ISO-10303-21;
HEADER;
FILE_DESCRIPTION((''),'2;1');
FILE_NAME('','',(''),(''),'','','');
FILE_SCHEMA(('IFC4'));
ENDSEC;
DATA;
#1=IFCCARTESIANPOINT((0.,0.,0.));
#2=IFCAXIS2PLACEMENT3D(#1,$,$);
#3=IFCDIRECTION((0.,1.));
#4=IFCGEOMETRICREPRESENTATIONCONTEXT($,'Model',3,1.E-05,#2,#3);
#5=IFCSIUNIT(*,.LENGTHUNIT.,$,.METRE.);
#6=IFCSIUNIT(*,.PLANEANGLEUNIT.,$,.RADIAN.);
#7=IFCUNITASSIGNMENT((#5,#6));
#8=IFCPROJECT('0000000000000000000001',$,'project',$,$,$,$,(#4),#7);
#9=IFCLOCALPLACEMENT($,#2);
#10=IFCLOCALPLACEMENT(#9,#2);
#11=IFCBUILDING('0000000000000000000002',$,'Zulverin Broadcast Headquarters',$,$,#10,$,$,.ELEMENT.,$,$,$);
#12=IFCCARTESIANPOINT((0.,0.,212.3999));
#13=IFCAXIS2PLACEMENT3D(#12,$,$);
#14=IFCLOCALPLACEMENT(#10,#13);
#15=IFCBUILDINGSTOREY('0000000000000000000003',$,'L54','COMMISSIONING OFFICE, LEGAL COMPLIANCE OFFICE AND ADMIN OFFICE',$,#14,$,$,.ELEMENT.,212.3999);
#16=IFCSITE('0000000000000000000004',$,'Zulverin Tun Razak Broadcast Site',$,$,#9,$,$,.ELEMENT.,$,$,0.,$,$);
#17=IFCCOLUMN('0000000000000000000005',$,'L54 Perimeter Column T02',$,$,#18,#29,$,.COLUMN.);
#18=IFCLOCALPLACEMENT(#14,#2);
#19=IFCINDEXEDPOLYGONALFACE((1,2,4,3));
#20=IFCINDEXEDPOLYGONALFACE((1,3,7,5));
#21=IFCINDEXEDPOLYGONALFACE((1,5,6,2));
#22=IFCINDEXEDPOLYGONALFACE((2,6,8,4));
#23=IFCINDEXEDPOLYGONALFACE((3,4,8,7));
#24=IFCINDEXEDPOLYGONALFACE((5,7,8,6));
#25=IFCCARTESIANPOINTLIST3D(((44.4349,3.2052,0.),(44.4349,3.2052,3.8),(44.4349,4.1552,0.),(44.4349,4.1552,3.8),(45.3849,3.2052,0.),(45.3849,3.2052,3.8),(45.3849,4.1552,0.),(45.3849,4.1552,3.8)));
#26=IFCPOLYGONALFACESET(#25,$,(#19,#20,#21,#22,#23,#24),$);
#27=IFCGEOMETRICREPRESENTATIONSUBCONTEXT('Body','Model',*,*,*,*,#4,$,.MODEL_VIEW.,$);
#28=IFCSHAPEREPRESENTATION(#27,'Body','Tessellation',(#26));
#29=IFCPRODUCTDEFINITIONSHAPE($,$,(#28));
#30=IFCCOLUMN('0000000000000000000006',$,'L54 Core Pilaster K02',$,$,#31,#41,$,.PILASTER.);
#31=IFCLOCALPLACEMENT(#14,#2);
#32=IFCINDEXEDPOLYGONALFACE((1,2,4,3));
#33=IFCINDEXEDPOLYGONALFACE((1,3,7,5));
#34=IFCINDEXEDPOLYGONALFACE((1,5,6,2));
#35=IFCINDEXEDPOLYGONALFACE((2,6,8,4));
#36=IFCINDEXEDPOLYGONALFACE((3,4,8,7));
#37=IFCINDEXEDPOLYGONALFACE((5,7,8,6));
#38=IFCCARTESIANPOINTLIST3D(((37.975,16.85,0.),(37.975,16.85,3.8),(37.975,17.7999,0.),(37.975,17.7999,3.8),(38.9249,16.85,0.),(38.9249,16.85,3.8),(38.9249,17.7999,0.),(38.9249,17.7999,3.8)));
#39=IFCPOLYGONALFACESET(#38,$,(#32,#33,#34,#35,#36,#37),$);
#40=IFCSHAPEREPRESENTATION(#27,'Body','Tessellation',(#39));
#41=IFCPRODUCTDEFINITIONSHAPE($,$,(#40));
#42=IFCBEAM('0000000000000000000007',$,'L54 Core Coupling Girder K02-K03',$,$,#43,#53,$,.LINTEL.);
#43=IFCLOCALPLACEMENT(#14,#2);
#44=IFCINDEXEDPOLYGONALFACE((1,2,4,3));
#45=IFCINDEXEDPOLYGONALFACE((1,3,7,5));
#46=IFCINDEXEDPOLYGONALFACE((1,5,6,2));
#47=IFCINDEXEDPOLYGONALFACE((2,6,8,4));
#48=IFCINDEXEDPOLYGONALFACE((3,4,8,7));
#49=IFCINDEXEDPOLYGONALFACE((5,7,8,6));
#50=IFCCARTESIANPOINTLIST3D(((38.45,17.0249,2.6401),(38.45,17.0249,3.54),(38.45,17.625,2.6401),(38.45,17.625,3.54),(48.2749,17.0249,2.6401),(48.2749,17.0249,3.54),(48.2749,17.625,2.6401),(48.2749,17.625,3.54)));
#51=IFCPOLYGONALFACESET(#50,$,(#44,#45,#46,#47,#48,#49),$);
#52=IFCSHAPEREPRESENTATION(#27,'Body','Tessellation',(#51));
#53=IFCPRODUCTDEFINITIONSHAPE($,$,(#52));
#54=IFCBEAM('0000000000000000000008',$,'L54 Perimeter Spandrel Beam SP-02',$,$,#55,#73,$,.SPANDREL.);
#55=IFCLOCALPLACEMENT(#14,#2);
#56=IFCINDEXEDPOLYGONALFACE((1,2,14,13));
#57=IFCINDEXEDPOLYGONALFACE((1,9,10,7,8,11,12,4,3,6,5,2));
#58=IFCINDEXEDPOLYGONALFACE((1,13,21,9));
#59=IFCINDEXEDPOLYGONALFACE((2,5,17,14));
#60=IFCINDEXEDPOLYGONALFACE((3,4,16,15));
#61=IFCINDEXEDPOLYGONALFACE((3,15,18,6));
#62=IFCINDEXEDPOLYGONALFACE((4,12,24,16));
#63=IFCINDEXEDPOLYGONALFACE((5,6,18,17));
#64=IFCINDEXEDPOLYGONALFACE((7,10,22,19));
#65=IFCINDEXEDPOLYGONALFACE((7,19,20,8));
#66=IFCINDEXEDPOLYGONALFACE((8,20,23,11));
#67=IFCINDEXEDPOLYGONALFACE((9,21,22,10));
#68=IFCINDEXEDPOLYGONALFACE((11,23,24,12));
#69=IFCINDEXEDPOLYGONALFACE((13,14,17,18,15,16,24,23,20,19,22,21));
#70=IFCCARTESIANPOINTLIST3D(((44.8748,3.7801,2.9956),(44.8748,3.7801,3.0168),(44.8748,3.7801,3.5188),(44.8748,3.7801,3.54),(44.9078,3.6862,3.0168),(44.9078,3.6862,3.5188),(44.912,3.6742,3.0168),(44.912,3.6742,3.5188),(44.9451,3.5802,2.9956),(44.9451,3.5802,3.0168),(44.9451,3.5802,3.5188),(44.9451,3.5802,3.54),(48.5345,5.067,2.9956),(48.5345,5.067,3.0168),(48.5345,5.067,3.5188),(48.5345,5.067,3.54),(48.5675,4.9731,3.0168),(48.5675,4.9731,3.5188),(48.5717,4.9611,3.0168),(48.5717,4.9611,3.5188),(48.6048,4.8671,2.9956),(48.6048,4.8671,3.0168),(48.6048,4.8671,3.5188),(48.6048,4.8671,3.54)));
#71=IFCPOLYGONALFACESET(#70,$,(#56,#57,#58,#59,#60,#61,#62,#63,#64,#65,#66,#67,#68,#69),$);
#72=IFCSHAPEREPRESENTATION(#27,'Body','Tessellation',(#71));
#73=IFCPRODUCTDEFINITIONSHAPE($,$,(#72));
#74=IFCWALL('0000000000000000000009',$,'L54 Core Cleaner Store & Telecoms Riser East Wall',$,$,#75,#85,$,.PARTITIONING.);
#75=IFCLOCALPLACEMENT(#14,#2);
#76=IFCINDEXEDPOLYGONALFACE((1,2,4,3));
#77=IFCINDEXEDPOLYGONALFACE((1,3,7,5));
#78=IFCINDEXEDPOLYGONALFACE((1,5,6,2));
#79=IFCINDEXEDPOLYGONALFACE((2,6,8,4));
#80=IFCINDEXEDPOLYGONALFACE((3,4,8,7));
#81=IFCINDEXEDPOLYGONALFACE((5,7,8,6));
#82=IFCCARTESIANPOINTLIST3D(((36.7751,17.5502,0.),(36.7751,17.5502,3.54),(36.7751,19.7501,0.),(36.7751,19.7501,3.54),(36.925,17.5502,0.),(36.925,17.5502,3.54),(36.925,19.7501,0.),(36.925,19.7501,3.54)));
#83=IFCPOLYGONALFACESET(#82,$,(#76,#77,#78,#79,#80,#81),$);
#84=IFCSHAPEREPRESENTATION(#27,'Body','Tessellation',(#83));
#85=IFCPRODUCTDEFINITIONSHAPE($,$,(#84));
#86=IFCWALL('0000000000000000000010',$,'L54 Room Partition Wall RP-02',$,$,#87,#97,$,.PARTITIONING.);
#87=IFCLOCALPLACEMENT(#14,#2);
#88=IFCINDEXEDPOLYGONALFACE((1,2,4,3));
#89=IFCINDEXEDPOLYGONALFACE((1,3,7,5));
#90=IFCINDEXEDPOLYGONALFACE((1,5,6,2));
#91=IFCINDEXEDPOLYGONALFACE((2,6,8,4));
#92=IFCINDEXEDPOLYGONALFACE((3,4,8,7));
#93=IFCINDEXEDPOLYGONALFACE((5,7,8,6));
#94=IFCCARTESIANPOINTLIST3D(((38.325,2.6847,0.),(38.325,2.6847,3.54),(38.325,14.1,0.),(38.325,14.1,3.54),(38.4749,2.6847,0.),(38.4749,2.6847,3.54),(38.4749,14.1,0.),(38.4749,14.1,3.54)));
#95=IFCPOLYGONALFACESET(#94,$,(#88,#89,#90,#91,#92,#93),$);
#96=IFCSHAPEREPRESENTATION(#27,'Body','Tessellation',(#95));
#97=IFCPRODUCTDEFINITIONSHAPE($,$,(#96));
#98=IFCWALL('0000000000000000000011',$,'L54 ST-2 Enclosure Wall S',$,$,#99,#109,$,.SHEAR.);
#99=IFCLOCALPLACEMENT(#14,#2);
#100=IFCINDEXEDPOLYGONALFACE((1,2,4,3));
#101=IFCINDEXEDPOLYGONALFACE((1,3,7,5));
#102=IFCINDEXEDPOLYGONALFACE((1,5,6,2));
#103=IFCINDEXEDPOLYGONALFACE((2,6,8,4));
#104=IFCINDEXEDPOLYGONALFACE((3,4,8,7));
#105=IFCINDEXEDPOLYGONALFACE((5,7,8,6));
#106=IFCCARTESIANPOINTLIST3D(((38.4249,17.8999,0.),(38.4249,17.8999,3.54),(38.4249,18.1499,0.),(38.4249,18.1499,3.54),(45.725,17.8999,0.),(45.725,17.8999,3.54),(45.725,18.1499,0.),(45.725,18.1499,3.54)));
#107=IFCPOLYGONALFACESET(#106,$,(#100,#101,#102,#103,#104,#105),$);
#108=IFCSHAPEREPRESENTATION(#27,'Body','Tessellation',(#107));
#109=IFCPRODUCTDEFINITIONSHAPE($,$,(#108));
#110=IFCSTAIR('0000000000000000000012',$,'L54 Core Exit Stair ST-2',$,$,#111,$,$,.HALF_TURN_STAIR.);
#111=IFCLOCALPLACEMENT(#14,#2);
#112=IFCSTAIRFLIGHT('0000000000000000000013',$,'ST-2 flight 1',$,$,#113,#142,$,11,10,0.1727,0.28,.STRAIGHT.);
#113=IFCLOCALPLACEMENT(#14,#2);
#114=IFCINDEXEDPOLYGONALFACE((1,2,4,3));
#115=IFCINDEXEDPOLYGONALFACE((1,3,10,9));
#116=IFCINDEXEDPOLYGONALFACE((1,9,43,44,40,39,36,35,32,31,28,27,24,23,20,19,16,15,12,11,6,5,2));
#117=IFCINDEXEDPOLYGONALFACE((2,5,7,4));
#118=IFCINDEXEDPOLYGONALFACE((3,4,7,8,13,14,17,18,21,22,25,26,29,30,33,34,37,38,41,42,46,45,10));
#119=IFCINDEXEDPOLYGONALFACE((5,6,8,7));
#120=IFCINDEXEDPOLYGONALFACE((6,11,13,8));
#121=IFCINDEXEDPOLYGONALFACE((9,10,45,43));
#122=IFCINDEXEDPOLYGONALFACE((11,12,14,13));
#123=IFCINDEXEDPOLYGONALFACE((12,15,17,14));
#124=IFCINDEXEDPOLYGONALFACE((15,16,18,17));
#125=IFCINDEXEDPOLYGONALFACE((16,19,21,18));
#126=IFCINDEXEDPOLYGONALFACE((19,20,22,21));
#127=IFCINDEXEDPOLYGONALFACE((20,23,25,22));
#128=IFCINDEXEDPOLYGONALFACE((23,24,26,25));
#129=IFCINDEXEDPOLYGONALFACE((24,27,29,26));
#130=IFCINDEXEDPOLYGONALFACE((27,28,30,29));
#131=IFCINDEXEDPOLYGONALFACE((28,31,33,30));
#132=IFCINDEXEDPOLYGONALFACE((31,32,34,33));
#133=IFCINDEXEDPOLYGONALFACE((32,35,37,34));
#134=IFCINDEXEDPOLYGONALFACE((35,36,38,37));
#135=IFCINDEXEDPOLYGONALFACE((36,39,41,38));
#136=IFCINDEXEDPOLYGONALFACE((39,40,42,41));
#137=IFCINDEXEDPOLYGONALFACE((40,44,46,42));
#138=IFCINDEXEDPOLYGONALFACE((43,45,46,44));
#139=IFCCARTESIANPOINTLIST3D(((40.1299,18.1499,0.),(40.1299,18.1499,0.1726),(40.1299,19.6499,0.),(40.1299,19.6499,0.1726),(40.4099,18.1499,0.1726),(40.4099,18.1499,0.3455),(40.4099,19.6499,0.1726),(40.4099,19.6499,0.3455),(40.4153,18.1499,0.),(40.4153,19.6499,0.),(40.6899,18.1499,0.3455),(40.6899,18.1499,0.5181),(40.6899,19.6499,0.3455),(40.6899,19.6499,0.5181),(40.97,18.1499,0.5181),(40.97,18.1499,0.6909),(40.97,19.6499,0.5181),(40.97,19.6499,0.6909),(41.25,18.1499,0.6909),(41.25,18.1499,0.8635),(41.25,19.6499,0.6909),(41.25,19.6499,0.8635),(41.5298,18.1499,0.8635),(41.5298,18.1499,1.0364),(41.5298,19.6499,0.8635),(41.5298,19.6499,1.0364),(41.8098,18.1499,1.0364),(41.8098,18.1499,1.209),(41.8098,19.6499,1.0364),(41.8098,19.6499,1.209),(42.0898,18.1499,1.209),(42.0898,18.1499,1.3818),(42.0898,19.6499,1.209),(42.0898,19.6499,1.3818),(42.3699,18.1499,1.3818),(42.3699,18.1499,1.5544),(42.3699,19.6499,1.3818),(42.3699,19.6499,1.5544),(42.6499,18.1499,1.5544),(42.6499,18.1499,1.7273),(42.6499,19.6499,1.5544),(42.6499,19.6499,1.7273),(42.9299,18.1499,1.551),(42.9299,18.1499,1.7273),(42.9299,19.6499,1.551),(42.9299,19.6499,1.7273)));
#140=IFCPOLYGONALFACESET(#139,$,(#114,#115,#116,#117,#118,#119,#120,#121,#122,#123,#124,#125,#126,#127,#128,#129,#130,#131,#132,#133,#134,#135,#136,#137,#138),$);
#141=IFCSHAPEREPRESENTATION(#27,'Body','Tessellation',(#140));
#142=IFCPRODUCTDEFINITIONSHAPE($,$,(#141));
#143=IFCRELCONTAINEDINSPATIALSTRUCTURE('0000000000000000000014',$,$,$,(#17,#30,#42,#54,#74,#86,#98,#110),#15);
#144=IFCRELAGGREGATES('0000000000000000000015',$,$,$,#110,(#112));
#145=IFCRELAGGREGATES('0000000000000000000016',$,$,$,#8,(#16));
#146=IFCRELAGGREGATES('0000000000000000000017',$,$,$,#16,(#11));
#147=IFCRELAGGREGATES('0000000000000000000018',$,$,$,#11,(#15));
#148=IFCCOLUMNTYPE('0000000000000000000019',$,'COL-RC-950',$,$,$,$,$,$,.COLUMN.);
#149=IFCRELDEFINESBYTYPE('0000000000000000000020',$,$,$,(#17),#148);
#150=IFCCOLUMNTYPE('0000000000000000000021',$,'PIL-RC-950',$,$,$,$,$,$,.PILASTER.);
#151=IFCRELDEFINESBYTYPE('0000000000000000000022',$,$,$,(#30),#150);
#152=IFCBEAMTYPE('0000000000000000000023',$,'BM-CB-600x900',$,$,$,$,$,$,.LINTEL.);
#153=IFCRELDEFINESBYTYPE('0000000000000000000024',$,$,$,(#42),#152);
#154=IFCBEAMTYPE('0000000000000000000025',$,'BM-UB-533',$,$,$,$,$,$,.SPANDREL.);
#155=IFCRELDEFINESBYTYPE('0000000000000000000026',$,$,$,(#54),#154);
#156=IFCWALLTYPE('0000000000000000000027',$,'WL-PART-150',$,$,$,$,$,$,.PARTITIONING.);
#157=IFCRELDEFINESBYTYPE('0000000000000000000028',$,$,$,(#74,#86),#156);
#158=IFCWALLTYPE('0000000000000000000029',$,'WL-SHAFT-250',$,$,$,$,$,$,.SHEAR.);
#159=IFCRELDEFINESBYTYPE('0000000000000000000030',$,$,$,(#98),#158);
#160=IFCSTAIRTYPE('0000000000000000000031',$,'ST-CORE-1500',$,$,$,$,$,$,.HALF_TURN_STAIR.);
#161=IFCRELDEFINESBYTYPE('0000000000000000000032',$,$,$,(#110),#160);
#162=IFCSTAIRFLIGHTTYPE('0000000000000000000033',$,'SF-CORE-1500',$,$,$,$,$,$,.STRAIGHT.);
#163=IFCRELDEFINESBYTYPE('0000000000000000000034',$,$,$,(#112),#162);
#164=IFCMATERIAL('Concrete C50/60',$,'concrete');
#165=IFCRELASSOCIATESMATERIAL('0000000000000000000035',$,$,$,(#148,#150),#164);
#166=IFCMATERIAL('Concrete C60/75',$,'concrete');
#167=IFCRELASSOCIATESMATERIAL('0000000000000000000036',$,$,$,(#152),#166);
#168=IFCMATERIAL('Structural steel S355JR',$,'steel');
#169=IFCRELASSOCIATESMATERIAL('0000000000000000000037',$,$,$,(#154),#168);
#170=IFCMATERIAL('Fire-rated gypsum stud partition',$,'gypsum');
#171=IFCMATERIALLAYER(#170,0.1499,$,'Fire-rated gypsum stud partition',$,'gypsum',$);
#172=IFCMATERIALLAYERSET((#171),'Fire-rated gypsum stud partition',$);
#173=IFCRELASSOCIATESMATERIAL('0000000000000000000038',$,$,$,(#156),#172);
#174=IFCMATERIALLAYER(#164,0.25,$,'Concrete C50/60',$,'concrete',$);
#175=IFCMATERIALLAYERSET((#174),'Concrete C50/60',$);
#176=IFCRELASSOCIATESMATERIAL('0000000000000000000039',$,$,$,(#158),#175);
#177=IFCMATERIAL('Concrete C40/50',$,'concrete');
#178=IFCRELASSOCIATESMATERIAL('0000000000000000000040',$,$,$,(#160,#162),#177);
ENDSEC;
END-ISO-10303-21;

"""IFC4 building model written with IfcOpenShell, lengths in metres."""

from ifc_helpers import new_model, si_unit, direction, frame, frame_2d, origin, origin_2d, place, context, subcontext, project, spatial, polyline, rectangle, i_section, outline, extrude, material, layer, layer_set, material_profile, profile_set, type_object, element, aggregate, save


model = new_model("IFC4")

# Units and contexts
model_context = context("Model", 3, precision=1e-05, world=origin(), true_north=direction((0.0, 1.0)))
body_context = subcontext(model_context, "Body", "Model", "MODEL_VIEW")
ifc_project = project(units=[si_unit("LENGTHUNIT", "METRE"), si_unit("PLANEANGLEUNIT", "RADIAN")], contexts=[model_context])

# Site, building, storey
site_placement = place(None, origin())
site = spatial("IfcSite", under=ifc_project, at=site_placement, Name="Zulverin Tun Razak Broadcast Site", CompositionType="ELEMENT", RefElevation=0.0)
building_placement = place(site_placement, origin())
building = spatial("IfcBuilding", under=site, at=building_placement, Name="Zulverin Broadcast Headquarters", CompositionType="ELEMENT")
storey_placement = place(building_placement, frame((0.0, 0.0, 212.3999)))
storey = spatial("IfcBuildingStorey", under=building, at=storey_placement, Name="L54", Description="COMMISSIONING OFFICE, LEGAL COMPLIANCE OFFICE AND ADMIN OFFICE", CompositionType="ELEMENT", Elevation=212.3999)

# Columns
ifc_material_1 = material(Name="Concrete C50/60", Category="concrete")
ifc_material_profile_1 = material_profile(ifc_material_1, rectangle(XDim=0.95, YDim=0.95, at=origin_2d()), Name="Concrete C50/60", Category="concrete")
ifc_profile_set_1 = profile_set([ifc_material_profile_1], Name="Concrete C50/60")
column_type_1 = type_object("IfcColumnType", Name="COL-RC-950", PredefinedType="COLUMN", material=ifc_profile_set_1)
column_1_placement = place(storey_placement, frame((44.9099, 3.6802, 0.0), z_axis=(0.0, 0.0, 1.0), x_axis=(1.0, 0.0, 0.0)))
element("IfcColumn", 1, at=column_1_placement, inside=storey, type_object=column_type_1, Name="L54 Perimeter Column T02", PredefinedType="COLUMN", context=body_context, shape_type="SweptSolid", body=[
    extrude(rectangle(XDim=0.95, YDim=0.95, at=origin_2d()), origin(), (0.0, 0.0, 1.0), 3.8),
])
ifc_material_profile_2 = material_profile(ifc_material_1, rectangle(XDim=0.95, YDim=0.95, at=origin_2d()), Name="Concrete C50/60", Category="concrete")
ifc_profile_set_2 = profile_set([ifc_material_profile_2], Name="Concrete C50/60")
column_type_2 = type_object("IfcColumnType", Name="PIL-RC-950", PredefinedType="PILASTER", material=ifc_profile_set_2)
column_2_placement = place(storey_placement, frame((38.45, 17.325, 0.0), z_axis=(0.0, 0.0, 1.0), x_axis=(1.0, 0.0, 0.0)))
element("IfcColumn", 2, at=column_2_placement, inside=storey, type_object=column_type_2, Name="L54 Core Pilaster K02", PredefinedType="PILASTER", context=body_context, shape_type="SweptSolid", body=[
    extrude(rectangle(XDim=0.95, YDim=0.95, at=origin_2d()), origin(), (0.0, 0.0, 1.0), 3.8),
])

# Beams
ifc_material_2 = material(Name="Concrete C60/75", Category="concrete")
ifc_material_profile_3 = material_profile(ifc_material_2, rectangle(XDim=0.6001, YDim=0.8999, at=origin_2d()), Name="Concrete C60/75", Category="concrete")
ifc_profile_set_3 = profile_set([ifc_material_profile_3], Name="Concrete C60/75")
beam_type_1 = type_object("IfcBeamType", Name="BM-CB-600x900", PredefinedType="LINTEL", material=ifc_profile_set_3)
beam_1_placement = place(storey_placement, frame((38.45, 17.325, 3.0901), z_axis=(1.0, 0.0, 0.0), x_axis=(0.0, 1.0, 0.0)))
element("IfcBeam", 3, at=beam_1_placement, inside=storey, type_object=beam_type_1, Name="L54 Core Coupling Girder K02-K03", PredefinedType="LINTEL", context=body_context, shape_type="SweptSolid", body=[
    extrude(rectangle(XDim=0.6001, YDim=0.8999, at=origin_2d()), origin(), (0.0, 0.0, 1.0), 9.825),
])
ifc_material_3 = material(Name="Structural steel S355JR", Category="steel")
ifc_material_profile_4 = material_profile(ifc_material_3, i_section(OverallWidth=0.2119, OverallDepth=0.5444, WebThickness=0.0127, FlangeThickness=0.0212, at=origin_2d()), Name="Structural steel S355JR", Category="steel")
ifc_profile_set_4 = profile_set([ifc_material_profile_4], Name="Structural steel S355JR")
beam_type_2 = type_object("IfcBeamType", Name="BM-UB-533", PredefinedType="SPANDREL", material=ifc_profile_set_4)
beam_2_placement = place(storey_placement, frame((44.9099, 3.6802, 3.2678), z_axis=(0.943377, 0.331724, 0.0), x_axis=(-0.331724, 0.943377, 0.0)))
element("IfcBeam", 4, at=beam_2_placement, inside=storey, type_object=beam_type_2, Name="L54 Perimeter Spandrel Beam SP-02", PredefinedType="SPANDREL", context=body_context, shape_type="SweptSolid", body=[
    extrude(i_section(OverallWidth=0.2119, OverallDepth=0.5444, WebThickness=0.0127, FlangeThickness=0.0212, at=origin_2d()), origin(), (0.0, 0.0, 1.0), 3.8794),
])

# Walls
ifc_material_4 = material(Name="Fire-rated gypsum stud partition", Category="gypsum")
ifc_layer_1 = layer(ifc_material_4, 0.1499, Name="Fire-rated gypsum stud partition", Category="gypsum")
ifc_layer_set_1 = layer_set([ifc_layer_1], Name="Fire-rated gypsum stud partition")
wall_type_1 = type_object("IfcWallType", Name="WL-PART-150", PredefinedType="PARTITIONING", material=ifc_layer_set_1)
wall_1_placement = place(storey_placement, frame((36.8501, 17.55, 0.0), z_axis=(0.0, 0.0, 1.0), x_axis=(0.0, 1.0, 0.0)))
element("IfcWall", 5, at=wall_1_placement, inside=storey, type_object=wall_type_1, Name="L54 Core Cleaner Store & Telecoms Riser East Wall", PredefinedType="PARTITIONING", context=body_context, shape_type="SweptSolid", body=[
    extrude(rectangle(XDim=2.2, YDim=0.1499, at=frame_2d((1.1001, 0.0))), origin(), (0.0, 0.0, 1.0), 3.54),
])
wall_2_placement = place(storey_placement, frame((38.3999, 2.6848, 0.0), z_axis=(0.0, 0.0, 1.0), x_axis=(0.0, 1.0, 0.0)))
element("IfcWall", 6, at=wall_2_placement, inside=storey, type_object=wall_type_1, Name="L54 Room Partition Wall RP-02", PredefinedType="PARTITIONING", context=body_context, shape_type="SweptSolid", body=[
    extrude(rectangle(XDim=11.4153, YDim=0.1499, at=frame_2d((5.7075, 0.0))), origin(), (0.0, 0.0, 1.0), 3.54),
])
ifc_layer_2 = layer(ifc_material_1, 0.25, Name="Concrete C50/60", Category="concrete")
ifc_layer_set_2 = layer_set([ifc_layer_2], Name="Concrete C50/60")
wall_type_2 = type_object("IfcWallType", Name="WL-SHAFT-250", PredefinedType="SHEAR", material=ifc_layer_set_2)
wall_3_placement = place(storey_placement, frame((38.425, 18.0249, 0.0), z_axis=(0.0, 0.0, 1.0), x_axis=(1.0, 0.0, 0.0)))
element("IfcWall", 7, at=wall_3_placement, inside=storey, type_object=wall_type_2, Name="L54 ST-2 Enclosure Wall S", PredefinedType="SHEAR", context=body_context, shape_type="SweptSolid", body=[
    extrude(rectangle(XDim=7.3, YDim=0.25, at=frame_2d((3.6499, 0.0))), origin(), (0.0, 0.0, 1.0), 3.54),
])

# Stair, stair flight
ifc_material_5 = material(Name="Concrete C40/50", Category="concrete")
stair_type = type_object("IfcStairType", Name="ST-CORE-1500", PredefinedType="HALF_TURN_STAIR", material=ifc_material_5)
stair_placement = place(storey_placement, origin())
stair = element("IfcStair", 8, at=stair_placement, inside=storey, type_object=stair_type, Name="L54 Core Exit Stair ST-2", PredefinedType="HALF_TURN_STAIR")
stair_flight_type = type_object("IfcStairFlightType", Name="SF-CORE-1500", PredefinedType="STRAIGHT", material=ifc_material_5)
stair_flight_placement = place(storey_placement, frame((40.1299, 18.8999, 0.0), z_axis=(0.0, 0.0, 1.0), x_axis=(1.0, 0.0, 0.0)))
stair_flight = element("IfcStairFlight", 9, at=stair_flight_placement, type_object=stair_flight_type, Name="ST-2 flight 1", NumberOfRisers=11, NumberOfTreads=10, PredefinedType="STRAIGHT", RiserHeight=0.1727, TreadLength=0.28, context=body_context, shape_type="SweptSolid", body=[
    extrude(outline(polyline([(0.0, 0.0), (0.0, 0.1726), (0.28, 0.1726), (0.28, 0.3455), (0.5601, 0.3455), (0.5601, 0.5181), (0.8401, 0.5181), (0.8401, 0.6909), (1.1201, 0.6909), (1.1201, 0.8635), (1.3999, 0.8635), (1.3999, 1.0364), (1.6799, 1.0364), (1.6799, 1.209), (1.96, 1.209), (1.96, 1.3818), (2.24, 1.3818), (2.24, 1.5544), (2.52, 1.5544), (2.52, 1.7273), (2.8, 1.7273), (2.8, 1.8999), (2.8, 1.551), (0.2854, 0.0), (0.0, 0.0)])), frame((0.0, 0.75, 0.0), z_axis=(0.0, -1.0, 0.0), x_axis=(1.0, 0.0, 0.0)), (0.0, 0.0, 1.0), 1.5),
])
aggregate(stair, [stair_flight])

save(model, "model.ifc")
